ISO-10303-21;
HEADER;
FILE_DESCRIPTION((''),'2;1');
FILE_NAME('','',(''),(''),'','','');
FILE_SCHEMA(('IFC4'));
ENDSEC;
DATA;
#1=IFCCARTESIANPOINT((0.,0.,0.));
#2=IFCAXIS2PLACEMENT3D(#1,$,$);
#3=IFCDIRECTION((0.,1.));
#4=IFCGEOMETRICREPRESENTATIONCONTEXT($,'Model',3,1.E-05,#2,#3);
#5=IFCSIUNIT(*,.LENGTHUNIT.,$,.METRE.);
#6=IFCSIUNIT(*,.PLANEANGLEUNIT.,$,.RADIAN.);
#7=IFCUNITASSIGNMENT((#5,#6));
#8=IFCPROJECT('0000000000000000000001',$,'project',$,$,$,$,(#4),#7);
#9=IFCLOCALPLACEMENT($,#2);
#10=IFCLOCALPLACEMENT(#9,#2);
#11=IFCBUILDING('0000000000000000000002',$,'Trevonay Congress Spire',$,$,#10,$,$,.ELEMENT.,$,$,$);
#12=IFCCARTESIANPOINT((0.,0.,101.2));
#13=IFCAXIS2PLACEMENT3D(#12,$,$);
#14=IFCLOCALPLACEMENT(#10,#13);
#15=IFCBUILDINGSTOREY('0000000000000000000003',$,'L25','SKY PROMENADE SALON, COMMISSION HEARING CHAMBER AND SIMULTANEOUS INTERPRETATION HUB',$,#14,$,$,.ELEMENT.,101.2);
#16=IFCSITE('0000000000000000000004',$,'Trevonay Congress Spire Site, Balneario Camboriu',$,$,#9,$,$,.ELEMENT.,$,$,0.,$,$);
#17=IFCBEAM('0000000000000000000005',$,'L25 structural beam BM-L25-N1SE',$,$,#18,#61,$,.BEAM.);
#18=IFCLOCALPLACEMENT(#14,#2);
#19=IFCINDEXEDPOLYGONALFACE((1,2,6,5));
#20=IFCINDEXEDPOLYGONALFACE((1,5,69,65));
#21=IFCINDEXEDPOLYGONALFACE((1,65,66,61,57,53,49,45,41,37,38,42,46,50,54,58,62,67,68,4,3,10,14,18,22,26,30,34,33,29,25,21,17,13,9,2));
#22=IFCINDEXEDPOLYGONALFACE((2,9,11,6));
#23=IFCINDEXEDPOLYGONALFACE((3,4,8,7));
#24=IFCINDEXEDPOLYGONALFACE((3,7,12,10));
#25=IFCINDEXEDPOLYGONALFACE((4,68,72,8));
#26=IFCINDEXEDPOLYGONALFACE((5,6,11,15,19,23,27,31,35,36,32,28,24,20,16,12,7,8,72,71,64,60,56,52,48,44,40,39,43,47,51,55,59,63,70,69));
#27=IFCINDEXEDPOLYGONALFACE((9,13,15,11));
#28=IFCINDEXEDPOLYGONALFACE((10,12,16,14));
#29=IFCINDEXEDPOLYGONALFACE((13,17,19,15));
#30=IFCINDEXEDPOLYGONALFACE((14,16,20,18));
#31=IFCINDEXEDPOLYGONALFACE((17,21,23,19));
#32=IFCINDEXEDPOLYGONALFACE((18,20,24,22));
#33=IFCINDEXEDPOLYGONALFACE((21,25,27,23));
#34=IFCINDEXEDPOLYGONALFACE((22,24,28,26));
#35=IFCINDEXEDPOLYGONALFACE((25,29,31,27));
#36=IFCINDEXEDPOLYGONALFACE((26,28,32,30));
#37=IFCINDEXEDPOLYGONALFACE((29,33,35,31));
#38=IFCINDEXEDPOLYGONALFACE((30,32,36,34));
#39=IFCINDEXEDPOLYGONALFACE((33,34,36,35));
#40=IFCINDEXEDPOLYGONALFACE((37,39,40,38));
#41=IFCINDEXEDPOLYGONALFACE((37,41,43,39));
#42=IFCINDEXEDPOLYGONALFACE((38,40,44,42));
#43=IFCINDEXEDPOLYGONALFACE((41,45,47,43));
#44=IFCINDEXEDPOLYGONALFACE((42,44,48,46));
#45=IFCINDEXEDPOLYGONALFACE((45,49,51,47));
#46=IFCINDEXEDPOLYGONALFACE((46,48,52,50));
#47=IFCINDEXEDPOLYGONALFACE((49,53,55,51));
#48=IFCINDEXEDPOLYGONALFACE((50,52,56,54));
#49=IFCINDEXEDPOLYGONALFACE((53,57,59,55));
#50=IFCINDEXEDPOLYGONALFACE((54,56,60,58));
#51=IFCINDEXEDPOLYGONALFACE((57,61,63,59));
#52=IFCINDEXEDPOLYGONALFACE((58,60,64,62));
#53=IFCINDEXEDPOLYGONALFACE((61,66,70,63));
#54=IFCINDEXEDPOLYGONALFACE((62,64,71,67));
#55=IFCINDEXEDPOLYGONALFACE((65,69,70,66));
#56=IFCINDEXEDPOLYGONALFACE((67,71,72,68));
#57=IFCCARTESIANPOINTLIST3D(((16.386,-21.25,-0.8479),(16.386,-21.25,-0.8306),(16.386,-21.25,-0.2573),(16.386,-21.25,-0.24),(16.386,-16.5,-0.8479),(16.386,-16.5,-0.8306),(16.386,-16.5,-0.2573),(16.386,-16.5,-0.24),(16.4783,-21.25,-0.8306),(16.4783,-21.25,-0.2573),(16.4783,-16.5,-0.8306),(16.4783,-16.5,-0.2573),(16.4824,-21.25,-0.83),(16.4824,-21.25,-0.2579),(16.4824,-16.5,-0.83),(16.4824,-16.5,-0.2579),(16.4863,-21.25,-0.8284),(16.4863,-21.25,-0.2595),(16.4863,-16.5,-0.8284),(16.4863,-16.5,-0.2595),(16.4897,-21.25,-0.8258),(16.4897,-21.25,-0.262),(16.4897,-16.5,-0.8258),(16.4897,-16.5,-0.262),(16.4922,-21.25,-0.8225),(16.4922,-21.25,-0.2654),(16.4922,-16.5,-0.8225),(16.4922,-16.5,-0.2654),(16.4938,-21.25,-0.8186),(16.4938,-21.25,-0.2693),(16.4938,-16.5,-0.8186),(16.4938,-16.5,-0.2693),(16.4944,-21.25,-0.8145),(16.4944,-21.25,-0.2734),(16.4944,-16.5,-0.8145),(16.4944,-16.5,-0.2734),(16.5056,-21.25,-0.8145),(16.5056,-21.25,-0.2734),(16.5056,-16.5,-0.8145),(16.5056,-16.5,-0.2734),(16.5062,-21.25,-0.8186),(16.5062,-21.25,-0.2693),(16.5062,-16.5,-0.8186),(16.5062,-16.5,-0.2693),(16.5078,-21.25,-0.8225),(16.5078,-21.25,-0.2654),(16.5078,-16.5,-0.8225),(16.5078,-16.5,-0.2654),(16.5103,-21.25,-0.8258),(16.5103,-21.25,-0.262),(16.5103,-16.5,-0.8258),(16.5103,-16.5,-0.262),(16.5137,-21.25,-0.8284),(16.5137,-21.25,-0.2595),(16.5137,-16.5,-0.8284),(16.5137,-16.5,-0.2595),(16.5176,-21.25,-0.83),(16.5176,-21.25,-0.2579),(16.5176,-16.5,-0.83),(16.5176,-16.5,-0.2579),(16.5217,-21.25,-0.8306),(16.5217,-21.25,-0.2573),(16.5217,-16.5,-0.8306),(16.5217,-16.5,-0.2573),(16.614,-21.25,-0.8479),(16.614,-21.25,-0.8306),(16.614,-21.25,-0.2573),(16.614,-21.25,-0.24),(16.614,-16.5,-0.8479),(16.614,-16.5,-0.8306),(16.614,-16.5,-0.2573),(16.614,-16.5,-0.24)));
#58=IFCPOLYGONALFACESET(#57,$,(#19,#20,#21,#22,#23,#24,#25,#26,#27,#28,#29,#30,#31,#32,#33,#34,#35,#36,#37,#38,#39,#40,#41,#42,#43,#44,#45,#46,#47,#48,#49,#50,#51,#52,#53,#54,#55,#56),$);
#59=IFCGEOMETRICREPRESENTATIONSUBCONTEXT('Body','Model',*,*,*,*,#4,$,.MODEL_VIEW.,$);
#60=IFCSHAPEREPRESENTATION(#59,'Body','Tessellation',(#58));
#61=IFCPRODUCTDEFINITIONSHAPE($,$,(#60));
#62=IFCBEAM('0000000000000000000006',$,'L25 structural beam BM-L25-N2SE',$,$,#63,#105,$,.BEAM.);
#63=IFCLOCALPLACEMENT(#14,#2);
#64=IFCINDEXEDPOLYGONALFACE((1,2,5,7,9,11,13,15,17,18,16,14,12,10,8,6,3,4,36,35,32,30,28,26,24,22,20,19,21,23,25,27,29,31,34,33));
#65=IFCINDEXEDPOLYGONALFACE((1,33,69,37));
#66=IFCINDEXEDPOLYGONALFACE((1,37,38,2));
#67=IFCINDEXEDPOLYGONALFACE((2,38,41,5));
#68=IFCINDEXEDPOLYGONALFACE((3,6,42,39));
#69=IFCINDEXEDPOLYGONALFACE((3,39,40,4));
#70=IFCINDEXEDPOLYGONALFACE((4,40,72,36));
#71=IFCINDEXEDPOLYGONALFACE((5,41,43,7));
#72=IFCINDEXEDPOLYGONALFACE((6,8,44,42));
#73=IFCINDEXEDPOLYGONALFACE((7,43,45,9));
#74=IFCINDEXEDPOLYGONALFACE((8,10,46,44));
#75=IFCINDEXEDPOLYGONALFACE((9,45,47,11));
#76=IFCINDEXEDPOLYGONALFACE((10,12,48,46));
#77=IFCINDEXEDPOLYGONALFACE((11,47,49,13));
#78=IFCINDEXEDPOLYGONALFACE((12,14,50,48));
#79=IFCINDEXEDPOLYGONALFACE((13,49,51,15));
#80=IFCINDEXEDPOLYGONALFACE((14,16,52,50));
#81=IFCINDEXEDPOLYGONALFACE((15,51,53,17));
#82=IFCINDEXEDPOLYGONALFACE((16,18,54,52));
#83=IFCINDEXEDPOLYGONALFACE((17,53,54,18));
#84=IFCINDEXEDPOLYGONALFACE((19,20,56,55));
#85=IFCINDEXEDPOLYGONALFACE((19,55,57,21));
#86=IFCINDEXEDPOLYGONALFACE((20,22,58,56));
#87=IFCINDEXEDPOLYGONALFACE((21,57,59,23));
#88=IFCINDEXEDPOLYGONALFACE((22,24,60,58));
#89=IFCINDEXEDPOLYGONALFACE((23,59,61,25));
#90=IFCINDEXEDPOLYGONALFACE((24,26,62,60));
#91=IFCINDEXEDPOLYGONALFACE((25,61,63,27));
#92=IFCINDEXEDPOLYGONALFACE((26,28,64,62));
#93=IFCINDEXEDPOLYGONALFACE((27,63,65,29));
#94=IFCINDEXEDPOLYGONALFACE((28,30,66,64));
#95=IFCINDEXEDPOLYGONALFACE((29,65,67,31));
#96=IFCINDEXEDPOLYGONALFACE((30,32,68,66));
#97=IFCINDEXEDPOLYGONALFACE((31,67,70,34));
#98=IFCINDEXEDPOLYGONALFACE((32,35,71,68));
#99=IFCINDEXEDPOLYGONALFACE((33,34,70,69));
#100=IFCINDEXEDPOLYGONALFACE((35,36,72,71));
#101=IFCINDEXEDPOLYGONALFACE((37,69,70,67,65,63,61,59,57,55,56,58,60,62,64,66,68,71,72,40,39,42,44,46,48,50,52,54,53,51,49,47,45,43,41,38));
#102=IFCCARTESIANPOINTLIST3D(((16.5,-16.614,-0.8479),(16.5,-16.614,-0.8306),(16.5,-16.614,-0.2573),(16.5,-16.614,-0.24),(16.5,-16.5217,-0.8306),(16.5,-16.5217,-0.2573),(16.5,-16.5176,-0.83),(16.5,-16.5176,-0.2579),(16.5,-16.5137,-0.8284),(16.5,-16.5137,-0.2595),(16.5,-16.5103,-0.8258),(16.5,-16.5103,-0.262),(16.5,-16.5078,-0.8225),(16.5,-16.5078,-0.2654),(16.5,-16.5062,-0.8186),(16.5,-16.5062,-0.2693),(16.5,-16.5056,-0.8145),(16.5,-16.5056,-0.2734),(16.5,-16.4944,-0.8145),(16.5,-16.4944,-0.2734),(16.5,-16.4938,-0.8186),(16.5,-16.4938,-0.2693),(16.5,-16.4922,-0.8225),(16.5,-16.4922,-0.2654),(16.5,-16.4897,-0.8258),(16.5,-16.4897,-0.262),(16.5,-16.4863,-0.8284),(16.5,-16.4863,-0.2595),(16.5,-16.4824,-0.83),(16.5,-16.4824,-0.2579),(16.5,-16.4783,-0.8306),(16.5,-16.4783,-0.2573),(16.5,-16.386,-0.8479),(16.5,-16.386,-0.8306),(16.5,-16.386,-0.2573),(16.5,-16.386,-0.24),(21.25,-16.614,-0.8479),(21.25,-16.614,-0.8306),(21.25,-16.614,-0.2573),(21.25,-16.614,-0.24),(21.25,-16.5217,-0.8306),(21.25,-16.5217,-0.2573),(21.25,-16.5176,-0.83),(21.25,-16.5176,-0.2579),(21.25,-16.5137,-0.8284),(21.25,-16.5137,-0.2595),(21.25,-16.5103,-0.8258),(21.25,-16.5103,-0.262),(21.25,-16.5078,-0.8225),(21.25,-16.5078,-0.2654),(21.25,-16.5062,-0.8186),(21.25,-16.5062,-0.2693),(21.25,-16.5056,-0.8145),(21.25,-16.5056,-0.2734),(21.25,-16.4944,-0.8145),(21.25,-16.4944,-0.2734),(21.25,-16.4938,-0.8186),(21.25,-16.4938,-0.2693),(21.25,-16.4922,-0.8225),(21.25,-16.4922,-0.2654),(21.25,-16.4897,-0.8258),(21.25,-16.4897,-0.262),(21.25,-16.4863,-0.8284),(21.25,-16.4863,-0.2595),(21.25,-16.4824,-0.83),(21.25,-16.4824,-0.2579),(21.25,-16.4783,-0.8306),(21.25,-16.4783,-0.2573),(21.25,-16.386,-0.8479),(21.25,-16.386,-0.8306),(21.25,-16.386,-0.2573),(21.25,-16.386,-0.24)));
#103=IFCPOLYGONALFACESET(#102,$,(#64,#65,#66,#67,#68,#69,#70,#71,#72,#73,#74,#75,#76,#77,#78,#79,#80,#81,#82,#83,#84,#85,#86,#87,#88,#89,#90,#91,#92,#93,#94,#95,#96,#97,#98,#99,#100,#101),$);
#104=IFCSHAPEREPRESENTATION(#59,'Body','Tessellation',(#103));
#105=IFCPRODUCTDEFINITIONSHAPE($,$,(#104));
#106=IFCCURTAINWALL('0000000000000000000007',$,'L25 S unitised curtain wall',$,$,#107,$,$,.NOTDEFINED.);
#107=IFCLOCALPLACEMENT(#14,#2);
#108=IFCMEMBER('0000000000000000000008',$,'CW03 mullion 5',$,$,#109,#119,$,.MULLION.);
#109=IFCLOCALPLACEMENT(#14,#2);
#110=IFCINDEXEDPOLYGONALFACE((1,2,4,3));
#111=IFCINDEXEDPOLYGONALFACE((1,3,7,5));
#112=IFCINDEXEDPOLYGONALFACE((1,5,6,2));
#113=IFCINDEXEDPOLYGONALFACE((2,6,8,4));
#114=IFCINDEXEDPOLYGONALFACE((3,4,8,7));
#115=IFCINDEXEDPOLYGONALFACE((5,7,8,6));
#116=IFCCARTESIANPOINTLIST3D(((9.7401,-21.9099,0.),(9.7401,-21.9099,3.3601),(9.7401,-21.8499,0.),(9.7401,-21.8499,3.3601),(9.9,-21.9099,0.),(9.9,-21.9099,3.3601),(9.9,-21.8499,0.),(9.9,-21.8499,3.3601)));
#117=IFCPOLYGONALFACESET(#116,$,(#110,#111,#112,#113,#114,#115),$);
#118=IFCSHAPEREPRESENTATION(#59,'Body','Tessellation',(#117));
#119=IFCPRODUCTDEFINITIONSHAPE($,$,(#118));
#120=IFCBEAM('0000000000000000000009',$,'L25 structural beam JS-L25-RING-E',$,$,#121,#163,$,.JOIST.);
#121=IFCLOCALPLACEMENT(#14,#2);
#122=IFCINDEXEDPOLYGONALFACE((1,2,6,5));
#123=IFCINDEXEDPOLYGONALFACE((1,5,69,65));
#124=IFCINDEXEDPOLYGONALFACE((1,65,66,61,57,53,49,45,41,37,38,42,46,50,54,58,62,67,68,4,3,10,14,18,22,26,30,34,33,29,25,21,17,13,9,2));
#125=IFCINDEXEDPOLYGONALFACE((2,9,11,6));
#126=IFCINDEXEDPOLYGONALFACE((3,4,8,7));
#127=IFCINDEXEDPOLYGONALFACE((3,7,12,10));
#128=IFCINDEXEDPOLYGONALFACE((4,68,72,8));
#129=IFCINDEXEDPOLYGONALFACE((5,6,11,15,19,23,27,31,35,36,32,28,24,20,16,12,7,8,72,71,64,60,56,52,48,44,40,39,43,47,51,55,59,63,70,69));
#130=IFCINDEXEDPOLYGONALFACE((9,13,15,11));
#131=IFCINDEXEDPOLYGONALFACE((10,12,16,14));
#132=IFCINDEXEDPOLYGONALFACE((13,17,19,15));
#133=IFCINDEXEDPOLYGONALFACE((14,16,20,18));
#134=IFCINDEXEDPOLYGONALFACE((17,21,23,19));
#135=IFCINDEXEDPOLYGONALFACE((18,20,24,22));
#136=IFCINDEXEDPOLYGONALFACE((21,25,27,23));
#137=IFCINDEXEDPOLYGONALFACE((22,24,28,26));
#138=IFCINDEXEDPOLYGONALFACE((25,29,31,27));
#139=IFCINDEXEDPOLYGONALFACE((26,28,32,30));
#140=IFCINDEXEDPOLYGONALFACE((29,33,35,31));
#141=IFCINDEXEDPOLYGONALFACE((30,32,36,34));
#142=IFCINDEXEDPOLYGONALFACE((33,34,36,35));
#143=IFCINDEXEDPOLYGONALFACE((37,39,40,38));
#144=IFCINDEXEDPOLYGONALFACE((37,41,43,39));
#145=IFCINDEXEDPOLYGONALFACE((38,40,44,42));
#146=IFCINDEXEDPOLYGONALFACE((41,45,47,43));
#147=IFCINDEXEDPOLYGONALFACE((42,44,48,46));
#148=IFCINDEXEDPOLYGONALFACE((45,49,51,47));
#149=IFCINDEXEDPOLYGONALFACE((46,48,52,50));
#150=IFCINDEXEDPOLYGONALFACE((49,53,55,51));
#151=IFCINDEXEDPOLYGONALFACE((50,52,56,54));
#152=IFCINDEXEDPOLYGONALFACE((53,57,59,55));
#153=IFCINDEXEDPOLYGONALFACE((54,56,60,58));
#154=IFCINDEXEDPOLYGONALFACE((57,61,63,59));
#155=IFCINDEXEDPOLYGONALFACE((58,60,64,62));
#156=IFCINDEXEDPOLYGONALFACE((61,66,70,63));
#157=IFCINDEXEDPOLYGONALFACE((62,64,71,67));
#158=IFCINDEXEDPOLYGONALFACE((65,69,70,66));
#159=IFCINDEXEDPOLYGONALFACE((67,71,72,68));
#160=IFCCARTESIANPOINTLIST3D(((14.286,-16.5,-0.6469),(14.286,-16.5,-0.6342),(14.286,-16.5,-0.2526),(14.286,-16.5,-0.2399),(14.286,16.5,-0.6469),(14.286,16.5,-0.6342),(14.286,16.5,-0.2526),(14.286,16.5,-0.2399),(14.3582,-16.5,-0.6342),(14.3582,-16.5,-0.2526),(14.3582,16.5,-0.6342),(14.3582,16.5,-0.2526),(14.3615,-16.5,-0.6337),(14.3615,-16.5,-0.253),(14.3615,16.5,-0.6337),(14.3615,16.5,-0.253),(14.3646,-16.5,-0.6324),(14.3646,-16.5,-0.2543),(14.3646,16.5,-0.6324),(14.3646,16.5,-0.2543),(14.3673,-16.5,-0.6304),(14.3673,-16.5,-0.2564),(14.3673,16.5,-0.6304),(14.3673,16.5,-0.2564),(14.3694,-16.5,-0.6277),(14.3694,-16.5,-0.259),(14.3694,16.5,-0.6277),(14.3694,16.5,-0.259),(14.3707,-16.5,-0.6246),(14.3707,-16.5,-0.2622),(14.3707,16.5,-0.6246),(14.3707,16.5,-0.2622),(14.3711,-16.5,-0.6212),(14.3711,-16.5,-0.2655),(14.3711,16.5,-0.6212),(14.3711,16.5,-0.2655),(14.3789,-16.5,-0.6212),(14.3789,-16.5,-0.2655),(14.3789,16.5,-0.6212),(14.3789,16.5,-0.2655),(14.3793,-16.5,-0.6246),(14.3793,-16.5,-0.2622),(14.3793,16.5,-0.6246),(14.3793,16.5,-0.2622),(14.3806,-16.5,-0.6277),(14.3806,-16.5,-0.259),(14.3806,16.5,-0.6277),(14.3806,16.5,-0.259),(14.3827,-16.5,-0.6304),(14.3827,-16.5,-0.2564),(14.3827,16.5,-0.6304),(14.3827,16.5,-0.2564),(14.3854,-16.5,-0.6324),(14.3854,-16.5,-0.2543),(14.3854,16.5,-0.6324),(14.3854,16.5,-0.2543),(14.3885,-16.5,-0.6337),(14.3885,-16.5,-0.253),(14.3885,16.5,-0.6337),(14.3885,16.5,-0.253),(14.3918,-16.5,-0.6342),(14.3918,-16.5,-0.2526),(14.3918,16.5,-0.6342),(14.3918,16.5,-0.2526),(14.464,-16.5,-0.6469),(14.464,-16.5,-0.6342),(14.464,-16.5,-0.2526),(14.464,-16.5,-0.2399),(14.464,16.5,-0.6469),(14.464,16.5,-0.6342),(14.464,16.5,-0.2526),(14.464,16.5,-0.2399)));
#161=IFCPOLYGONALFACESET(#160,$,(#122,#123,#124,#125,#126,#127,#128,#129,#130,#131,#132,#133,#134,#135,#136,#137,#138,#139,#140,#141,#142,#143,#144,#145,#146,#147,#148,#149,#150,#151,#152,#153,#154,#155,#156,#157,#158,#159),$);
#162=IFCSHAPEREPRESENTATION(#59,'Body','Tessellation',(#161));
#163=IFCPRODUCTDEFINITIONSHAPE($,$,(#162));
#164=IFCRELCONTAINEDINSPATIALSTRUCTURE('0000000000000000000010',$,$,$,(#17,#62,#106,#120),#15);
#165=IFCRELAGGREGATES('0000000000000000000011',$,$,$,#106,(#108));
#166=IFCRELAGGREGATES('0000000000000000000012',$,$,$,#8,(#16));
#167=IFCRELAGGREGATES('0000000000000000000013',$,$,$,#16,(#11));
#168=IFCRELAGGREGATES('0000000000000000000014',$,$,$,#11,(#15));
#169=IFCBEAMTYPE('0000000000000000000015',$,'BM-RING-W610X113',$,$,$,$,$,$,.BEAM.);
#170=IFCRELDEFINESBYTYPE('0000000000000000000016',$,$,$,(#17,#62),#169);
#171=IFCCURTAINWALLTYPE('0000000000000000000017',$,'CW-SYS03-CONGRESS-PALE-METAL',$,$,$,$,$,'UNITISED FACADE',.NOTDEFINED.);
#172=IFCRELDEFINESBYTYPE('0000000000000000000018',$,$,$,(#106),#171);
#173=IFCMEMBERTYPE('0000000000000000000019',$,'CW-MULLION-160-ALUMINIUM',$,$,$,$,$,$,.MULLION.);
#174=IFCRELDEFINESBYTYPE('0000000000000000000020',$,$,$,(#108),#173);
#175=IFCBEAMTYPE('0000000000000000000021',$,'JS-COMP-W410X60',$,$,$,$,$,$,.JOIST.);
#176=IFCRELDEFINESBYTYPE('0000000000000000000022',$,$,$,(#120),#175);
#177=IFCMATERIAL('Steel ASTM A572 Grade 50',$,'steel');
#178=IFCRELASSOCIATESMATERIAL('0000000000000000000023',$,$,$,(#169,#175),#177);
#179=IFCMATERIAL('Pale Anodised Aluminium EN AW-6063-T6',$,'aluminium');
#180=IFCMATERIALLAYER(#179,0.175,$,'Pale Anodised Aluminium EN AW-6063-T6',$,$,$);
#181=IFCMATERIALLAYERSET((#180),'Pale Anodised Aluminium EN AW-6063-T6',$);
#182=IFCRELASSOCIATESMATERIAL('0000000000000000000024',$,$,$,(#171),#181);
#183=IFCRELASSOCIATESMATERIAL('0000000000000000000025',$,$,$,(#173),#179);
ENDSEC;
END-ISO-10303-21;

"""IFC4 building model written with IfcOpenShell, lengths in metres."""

from ifc_helpers import new_model, si_unit, direction, frame, origin, origin_2d, place, context, subcontext, project, spatial, rectangle, i_section, extrude, material, layer, layer_set, material_profile, profile_set, type_object, element, aggregate, save


model = new_model("IFC4")

# Units and contexts
model_context = context("Model", 3, precision=1e-05, world=origin(), true_north=direction((0.0, 1.0)))
body_context = subcontext(model_context, "Body", "Model", "MODEL_VIEW")
ifc_project = project(units=[si_unit("LENGTHUNIT", "METRE"), si_unit("PLANEANGLEUNIT", "RADIAN")], contexts=[model_context])

# Site, building, storey
site_placement = place(None, origin())
site = spatial("IfcSite", under=ifc_project, at=site_placement, Name="Trevonay Congress Spire Site, Balneario Camboriu", CompositionType="ELEMENT", RefElevation=0.0)
building_placement = place(site_placement, origin())
building = spatial("IfcBuilding", under=site, at=building_placement, Name="Trevonay Congress Spire", CompositionType="ELEMENT")
storey_placement = place(building_placement, frame((0.0, 0.0, 101.2)))
storey = spatial("IfcBuildingStorey", under=building, at=storey_placement, Name="L25", Description="SKY PROMENADE SALON, COMMISSION HEARING CHAMBER AND SIMULTANEOUS INTERPRETATION HUB", CompositionType="ELEMENT", Elevation=101.2)

# Shared definitions
ifc_material_1 = material(Name="Steel ASTM A572 Grade 50", Category="steel")

# Beams
ifc_material_profile_1 = material_profile(ifc_material_1, i_section(OverallWidth=0.228, OverallDepth=0.6079, WebThickness=0.0112, FlangeThickness=0.0173, FilletRadius=0.0161, at=origin_2d()), Name="W610x113")
ifc_profile_set_1 = profile_set([ifc_material_profile_1], Name="Steel ASTM A572 Grade 50")
beam_type_1 = type_object("IfcBeamType", Name="BM-RING-W610X113", PredefinedType="BEAM", material=ifc_profile_set_1)
for number, where, z_axis, x_axis, name in (
    (1, (16.5, -21.25, -0.5439), (0.0, 1.0, 0.0), (-1.0, 0.0, 0.0), "L25 structural beam BM-L25-N1SE"),
    (2, (21.25, -16.5, -0.5439), (-1.0, 0.0, 0.0), (0.0, -1.0, 0.0), "L25 structural beam BM-L25-N2SE"),
):
    element("IfcBeam", number, at=place(storey_placement, frame(where, z_axis=z_axis, x_axis=x_axis)), inside=storey, type_object=beam_type_1, Name=name, PredefinedType="BEAM", context=body_context, shape_type="SweptSolid", body=[
        extrude(i_section(OverallWidth=0.228, OverallDepth=0.6079, WebThickness=0.0112, FlangeThickness=0.0173, FilletRadius=0.0161, at=origin_2d()), origin(), (0.0, 0.0, 1.0), 4.75),
    ])

# Curtain wall, member
ifc_material_2 = material(Name="Pale Anodised Aluminium EN AW-6063-T6", Category="aluminium")
ifc_layer_1 = layer(ifc_material_2, 0.175, Name="Pale Anodised Aluminium EN AW-6063-T6")
ifc_layer_set_1 = layer_set([ifc_layer_1], Name="Pale Anodised Aluminium EN AW-6063-T6")
curtain_wall_type = type_object("IfcCurtainWallType", Name="CW-SYS03-CONGRESS-PALE-METAL", ElementType="UNITISED FACADE", PredefinedType="NOTDEFINED", material=ifc_layer_set_1)
curtain_wall_placement = place(storey_placement, origin())
curtain_wall = element("IfcCurtainWall", 3, at=curtain_wall_placement, inside=storey, type_object=curtain_wall_type, Name="L25 S unitised curtain wall", PredefinedType="NOTDEFINED")
ifc_material_profile_2 = material_profile(ifc_material_2, rectangle(XDim=0.0601, YDim=0.1599, at=origin_2d()), Name="CW-MULLION-160-ALUMINIUM")
ifc_profile_set_2 = profile_set([ifc_material_profile_2], Name="Pale Anodised Aluminium EN AW-6063-T6")
member_type_1 = type_object("IfcMemberType", Name="CW-MULLION-160-ALUMINIUM", PredefinedType="MULLION", material=ifc_profile_set_2)
member_placement = place(storey_placement, frame((9.8201, -21.8799, 0.0), z_axis=(0.0, 0.0, 1.0), x_axis=(0.0, 1.0, 0.0)))
member = element("IfcMember", 4, at=member_placement, type_object=member_type_1, Name="CW03 mullion 5", PredefinedType="MULLION", context=body_context, shape_type="SweptSolid", body=[
    extrude(rectangle(XDim=0.0601, YDim=0.1599, at=origin_2d()), origin(), (0.0, 0.0, 1.0), 3.3601),
])
aggregate(curtain_wall, [member])

# Beam
ifc_material_profile_3 = material_profile(ifc_material_1, i_section(OverallWidth=0.178, OverallDepth=0.407, WebThickness=0.0078, FlangeThickness=0.0127, FilletRadius=0.0129, at=origin_2d()), Name="W410x60")
ifc_profile_set_3 = profile_set([ifc_material_profile_3], Name="Steel ASTM A572 Grade 50")
beam_type_2 = type_object("IfcBeamType", Name="JS-COMP-W410X60", PredefinedType="JOIST", material=ifc_profile_set_3)
beam_placement = place(storey_placement, frame((14.375, -16.5, -0.4434), z_axis=(0.0, 1.0, 0.0), x_axis=(-1.0, 0.0, 0.0)))
element("IfcBeam", 5, at=beam_placement, inside=storey, type_object=beam_type_2, Name="L25 structural beam JS-L25-RING-E", PredefinedType="JOIST", context=body_context, shape_type="SweptSolid", body=[
    extrude(i_section(OverallWidth=0.178, OverallDepth=0.407, WebThickness=0.0078, FlangeThickness=0.0127, FilletRadius=0.0129, at=origin_2d()), origin(), (0.0, 0.0, 1.0), 33.0),
])

save(model, "model.ifc")
